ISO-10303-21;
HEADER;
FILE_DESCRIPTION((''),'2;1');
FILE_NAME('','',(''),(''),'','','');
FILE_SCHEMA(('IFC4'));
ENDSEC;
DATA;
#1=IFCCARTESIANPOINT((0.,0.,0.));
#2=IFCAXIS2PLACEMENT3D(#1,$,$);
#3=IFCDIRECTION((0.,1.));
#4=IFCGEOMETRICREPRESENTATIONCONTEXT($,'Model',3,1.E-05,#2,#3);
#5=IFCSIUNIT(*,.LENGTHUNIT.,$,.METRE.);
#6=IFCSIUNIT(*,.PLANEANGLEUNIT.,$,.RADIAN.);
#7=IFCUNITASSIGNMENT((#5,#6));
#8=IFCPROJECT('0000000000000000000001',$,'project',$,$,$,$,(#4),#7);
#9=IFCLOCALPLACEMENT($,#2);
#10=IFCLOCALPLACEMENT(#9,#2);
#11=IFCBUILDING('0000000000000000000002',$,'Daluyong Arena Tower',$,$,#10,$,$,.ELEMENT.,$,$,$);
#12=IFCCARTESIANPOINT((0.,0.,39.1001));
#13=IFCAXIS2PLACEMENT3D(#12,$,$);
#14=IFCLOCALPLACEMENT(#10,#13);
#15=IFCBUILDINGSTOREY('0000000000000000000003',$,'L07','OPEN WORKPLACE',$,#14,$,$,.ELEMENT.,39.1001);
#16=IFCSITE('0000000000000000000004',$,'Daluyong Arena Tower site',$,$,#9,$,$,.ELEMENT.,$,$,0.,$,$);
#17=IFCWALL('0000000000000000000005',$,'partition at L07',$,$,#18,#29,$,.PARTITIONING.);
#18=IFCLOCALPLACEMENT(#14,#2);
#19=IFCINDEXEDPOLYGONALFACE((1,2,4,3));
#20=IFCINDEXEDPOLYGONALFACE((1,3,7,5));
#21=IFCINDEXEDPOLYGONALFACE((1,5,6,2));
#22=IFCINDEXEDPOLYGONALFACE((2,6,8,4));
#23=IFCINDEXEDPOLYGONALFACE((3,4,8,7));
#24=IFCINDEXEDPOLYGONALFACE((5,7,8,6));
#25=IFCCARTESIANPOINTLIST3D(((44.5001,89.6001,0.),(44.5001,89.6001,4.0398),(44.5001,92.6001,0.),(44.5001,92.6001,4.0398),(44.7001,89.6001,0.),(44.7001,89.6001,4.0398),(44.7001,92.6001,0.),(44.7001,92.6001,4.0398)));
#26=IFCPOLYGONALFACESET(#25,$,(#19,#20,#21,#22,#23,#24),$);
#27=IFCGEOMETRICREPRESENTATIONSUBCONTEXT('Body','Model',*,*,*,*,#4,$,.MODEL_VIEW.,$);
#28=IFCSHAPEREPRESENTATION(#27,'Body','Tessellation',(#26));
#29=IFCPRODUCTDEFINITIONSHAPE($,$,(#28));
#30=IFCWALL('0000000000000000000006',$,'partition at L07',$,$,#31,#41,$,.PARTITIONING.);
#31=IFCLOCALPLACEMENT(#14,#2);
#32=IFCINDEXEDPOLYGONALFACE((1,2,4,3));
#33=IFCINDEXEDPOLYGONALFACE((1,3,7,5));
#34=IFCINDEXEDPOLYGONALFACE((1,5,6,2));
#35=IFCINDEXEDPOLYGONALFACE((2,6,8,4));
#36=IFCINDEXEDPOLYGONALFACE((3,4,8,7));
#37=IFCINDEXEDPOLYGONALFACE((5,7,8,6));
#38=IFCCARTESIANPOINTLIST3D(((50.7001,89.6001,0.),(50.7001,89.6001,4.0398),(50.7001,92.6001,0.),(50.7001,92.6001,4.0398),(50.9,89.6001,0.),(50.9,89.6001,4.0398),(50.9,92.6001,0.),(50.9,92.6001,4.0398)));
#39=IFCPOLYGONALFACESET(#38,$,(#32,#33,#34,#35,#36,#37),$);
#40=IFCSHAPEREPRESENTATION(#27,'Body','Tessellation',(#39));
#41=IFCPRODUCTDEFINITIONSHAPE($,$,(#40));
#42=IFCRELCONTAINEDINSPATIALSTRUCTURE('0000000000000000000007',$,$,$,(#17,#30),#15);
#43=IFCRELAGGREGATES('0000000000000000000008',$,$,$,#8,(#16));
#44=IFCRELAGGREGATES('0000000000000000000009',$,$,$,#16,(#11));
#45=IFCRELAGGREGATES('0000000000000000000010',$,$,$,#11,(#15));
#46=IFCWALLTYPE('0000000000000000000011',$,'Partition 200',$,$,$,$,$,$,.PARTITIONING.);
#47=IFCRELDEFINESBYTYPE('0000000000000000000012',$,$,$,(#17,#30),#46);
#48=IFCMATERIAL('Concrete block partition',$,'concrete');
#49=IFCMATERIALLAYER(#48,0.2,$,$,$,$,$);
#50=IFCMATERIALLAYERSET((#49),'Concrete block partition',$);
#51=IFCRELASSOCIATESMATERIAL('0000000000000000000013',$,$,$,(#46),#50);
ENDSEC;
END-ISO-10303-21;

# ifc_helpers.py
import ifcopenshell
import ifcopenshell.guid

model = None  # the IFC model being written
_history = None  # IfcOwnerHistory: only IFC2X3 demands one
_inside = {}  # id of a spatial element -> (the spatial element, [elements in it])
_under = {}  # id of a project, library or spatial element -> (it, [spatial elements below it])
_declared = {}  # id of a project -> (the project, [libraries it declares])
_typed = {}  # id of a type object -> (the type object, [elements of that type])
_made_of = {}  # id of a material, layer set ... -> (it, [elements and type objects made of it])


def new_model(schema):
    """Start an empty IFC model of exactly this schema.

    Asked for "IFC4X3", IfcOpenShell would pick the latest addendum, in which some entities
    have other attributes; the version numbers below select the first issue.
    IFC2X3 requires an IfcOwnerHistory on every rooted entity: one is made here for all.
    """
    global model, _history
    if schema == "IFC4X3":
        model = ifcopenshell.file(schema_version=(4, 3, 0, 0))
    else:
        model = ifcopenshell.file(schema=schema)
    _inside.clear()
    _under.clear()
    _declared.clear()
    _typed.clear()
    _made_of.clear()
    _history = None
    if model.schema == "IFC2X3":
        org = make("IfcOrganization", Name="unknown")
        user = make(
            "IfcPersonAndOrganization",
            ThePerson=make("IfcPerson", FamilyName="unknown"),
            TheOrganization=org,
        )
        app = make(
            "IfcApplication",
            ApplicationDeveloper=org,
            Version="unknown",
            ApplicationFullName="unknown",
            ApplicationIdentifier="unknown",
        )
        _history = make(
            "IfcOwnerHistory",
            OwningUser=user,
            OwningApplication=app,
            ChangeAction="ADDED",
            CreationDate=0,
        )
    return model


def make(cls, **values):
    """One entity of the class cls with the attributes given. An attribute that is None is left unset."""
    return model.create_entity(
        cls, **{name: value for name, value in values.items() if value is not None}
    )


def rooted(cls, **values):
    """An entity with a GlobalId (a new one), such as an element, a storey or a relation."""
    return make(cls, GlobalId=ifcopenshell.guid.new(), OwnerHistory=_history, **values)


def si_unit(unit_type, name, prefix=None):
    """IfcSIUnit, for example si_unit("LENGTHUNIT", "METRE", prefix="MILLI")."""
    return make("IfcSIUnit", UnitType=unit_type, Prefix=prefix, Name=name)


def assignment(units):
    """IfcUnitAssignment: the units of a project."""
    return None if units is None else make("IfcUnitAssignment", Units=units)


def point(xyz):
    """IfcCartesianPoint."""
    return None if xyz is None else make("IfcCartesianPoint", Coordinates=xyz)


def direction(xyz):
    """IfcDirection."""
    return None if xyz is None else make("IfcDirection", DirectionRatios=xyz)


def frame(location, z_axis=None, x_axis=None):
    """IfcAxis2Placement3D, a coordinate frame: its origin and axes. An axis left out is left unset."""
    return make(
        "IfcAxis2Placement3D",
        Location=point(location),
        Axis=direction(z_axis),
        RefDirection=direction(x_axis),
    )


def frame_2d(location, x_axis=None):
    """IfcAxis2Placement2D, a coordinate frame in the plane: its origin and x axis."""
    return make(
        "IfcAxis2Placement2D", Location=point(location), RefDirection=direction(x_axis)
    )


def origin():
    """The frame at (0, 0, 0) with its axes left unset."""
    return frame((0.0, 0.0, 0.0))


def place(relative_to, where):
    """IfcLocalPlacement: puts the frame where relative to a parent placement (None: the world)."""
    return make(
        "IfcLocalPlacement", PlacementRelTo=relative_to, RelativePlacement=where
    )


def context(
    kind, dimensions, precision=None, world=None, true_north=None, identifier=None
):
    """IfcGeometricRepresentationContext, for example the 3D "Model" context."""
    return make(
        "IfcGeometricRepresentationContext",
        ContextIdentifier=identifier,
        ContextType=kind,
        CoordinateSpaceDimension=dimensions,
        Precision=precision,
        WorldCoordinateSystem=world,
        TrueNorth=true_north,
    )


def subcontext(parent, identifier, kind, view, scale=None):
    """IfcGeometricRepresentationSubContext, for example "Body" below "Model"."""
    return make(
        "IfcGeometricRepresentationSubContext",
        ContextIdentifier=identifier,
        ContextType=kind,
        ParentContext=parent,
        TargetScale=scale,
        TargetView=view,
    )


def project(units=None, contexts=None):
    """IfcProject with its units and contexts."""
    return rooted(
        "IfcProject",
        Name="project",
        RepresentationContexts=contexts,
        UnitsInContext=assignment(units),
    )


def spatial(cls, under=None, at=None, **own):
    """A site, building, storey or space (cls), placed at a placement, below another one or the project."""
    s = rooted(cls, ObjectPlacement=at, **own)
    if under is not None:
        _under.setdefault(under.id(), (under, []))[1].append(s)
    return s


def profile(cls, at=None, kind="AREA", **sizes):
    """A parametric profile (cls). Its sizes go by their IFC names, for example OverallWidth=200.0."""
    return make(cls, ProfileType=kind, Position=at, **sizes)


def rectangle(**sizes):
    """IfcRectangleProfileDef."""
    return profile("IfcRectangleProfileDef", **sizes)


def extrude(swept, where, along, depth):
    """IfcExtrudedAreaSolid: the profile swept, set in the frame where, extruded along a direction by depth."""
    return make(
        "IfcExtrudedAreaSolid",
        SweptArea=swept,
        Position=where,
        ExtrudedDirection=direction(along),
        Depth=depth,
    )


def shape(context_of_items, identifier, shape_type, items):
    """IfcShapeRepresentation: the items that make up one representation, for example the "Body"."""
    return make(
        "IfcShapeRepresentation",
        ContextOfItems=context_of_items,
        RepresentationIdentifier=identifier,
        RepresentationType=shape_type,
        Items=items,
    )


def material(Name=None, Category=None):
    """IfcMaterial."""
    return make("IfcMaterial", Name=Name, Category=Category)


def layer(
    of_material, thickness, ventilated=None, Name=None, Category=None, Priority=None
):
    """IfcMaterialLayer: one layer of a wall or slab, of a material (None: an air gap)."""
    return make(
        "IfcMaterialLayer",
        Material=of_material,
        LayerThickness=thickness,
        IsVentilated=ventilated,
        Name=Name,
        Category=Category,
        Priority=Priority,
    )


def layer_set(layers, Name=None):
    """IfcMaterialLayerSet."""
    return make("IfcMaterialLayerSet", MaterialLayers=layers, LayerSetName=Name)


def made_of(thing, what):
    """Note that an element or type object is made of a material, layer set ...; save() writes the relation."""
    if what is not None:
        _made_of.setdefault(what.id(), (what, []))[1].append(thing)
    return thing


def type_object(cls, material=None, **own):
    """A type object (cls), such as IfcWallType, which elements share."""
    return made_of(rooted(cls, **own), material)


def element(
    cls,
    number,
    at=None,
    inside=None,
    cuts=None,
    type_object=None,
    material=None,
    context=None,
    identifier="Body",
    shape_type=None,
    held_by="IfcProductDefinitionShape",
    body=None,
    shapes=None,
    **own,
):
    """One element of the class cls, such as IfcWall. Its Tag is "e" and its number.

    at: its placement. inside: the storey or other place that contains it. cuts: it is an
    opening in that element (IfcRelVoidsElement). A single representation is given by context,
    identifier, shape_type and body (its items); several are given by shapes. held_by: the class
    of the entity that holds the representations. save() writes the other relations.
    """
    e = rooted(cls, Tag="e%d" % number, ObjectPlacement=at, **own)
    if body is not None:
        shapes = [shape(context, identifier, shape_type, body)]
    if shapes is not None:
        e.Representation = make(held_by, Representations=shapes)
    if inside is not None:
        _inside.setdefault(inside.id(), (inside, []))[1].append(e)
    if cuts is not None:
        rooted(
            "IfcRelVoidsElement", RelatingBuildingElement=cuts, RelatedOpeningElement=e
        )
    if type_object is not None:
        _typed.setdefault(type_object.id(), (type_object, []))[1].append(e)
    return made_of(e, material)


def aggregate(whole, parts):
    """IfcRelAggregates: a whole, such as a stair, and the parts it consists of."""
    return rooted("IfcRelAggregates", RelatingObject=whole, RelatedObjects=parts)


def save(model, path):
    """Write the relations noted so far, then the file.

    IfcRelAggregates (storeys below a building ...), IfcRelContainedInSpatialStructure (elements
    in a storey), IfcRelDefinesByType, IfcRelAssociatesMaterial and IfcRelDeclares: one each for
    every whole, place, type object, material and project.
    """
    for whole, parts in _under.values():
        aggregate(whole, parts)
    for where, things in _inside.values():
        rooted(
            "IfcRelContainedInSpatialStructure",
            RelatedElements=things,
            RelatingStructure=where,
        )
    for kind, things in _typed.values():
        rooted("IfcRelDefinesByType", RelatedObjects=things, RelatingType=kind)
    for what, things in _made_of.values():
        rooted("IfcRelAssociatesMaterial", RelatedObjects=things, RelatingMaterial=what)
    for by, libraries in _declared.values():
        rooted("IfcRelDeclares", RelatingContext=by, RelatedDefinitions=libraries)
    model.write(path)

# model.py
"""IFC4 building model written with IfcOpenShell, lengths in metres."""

from ifc_helpers import new_model, si_unit, direction, frame, frame_2d, origin, place, context, subcontext, project, spatial, rectangle, extrude, material, layer, layer_set, type_object, element, save


model = new_model("IFC4")

# Units and contexts
model_context = context("Model", 3, precision=1e-05, world=origin(), true_north=direction((0.0, 1.0)))
body_context = subcontext(model_context, "Body", "Model", "MODEL_VIEW")
ifc_project = project(units=[si_unit("LENGTHUNIT", "METRE"), si_unit("PLANEANGLEUNIT", "RADIAN")], contexts=[model_context])

# Site, building, storey
site_placement = place(None, origin())
site = spatial("IfcSite", under=ifc_project, at=site_placement, Name="Daluyong Arena Tower site", CompositionType="ELEMENT", RefElevation=0.0)
building_placement = place(site_placement, origin())
building = spatial("IfcBuilding", under=site, at=building_placement, Name="Daluyong Arena Tower", CompositionType="ELEMENT")
storey_placement = place(building_placement, frame((0.0, 0.0, 39.1001)))
storey = spatial("IfcBuildingStorey", under=building, at=storey_placement, Name="L07", Description="OPEN WORKPLACE", CompositionType="ELEMENT", Elevation=39.1001)

# Walls
ifc_material_1 = material(Name="Concrete block partition", Category="concrete")
ifc_layer_1 = layer(ifc_material_1, 0.2)
ifc_layer_set_1 = layer_set([ifc_layer_1], Name="Concrete block partition")
wall_type_1 = type_object("IfcWallType", Name="Partition 200", PredefinedType="PARTITIONING", material=ifc_layer_set_1)
for number, where, z_axis, x_axis, name in (
    (1, (44.6001, 89.6001, 0.0), (0.0, 0.0, 1.0), (0.0, 1.0, 0.0), "partition at L07"),
    (2, (50.8, 89.6001, 0.0), (0.0, 0.0, 1.0), (0.0, 1.0, 0.0), "partition at L07"),
):
    element("IfcWall", number, at=place(storey_placement, frame(where, z_axis=z_axis, x_axis=x_axis)), inside=storey, type_object=wall_type_1, Name=name, PredefinedType="PARTITIONING", context=body_context, shape_type="SweptSolid", body=[
        extrude(rectangle(XDim=3.0, YDim=0.2, at=frame_2d((1.5, 0.0))), origin(), (0.0, 0.0, 1.0), 4.0398),
    ])

save(model, "model.ifc")
